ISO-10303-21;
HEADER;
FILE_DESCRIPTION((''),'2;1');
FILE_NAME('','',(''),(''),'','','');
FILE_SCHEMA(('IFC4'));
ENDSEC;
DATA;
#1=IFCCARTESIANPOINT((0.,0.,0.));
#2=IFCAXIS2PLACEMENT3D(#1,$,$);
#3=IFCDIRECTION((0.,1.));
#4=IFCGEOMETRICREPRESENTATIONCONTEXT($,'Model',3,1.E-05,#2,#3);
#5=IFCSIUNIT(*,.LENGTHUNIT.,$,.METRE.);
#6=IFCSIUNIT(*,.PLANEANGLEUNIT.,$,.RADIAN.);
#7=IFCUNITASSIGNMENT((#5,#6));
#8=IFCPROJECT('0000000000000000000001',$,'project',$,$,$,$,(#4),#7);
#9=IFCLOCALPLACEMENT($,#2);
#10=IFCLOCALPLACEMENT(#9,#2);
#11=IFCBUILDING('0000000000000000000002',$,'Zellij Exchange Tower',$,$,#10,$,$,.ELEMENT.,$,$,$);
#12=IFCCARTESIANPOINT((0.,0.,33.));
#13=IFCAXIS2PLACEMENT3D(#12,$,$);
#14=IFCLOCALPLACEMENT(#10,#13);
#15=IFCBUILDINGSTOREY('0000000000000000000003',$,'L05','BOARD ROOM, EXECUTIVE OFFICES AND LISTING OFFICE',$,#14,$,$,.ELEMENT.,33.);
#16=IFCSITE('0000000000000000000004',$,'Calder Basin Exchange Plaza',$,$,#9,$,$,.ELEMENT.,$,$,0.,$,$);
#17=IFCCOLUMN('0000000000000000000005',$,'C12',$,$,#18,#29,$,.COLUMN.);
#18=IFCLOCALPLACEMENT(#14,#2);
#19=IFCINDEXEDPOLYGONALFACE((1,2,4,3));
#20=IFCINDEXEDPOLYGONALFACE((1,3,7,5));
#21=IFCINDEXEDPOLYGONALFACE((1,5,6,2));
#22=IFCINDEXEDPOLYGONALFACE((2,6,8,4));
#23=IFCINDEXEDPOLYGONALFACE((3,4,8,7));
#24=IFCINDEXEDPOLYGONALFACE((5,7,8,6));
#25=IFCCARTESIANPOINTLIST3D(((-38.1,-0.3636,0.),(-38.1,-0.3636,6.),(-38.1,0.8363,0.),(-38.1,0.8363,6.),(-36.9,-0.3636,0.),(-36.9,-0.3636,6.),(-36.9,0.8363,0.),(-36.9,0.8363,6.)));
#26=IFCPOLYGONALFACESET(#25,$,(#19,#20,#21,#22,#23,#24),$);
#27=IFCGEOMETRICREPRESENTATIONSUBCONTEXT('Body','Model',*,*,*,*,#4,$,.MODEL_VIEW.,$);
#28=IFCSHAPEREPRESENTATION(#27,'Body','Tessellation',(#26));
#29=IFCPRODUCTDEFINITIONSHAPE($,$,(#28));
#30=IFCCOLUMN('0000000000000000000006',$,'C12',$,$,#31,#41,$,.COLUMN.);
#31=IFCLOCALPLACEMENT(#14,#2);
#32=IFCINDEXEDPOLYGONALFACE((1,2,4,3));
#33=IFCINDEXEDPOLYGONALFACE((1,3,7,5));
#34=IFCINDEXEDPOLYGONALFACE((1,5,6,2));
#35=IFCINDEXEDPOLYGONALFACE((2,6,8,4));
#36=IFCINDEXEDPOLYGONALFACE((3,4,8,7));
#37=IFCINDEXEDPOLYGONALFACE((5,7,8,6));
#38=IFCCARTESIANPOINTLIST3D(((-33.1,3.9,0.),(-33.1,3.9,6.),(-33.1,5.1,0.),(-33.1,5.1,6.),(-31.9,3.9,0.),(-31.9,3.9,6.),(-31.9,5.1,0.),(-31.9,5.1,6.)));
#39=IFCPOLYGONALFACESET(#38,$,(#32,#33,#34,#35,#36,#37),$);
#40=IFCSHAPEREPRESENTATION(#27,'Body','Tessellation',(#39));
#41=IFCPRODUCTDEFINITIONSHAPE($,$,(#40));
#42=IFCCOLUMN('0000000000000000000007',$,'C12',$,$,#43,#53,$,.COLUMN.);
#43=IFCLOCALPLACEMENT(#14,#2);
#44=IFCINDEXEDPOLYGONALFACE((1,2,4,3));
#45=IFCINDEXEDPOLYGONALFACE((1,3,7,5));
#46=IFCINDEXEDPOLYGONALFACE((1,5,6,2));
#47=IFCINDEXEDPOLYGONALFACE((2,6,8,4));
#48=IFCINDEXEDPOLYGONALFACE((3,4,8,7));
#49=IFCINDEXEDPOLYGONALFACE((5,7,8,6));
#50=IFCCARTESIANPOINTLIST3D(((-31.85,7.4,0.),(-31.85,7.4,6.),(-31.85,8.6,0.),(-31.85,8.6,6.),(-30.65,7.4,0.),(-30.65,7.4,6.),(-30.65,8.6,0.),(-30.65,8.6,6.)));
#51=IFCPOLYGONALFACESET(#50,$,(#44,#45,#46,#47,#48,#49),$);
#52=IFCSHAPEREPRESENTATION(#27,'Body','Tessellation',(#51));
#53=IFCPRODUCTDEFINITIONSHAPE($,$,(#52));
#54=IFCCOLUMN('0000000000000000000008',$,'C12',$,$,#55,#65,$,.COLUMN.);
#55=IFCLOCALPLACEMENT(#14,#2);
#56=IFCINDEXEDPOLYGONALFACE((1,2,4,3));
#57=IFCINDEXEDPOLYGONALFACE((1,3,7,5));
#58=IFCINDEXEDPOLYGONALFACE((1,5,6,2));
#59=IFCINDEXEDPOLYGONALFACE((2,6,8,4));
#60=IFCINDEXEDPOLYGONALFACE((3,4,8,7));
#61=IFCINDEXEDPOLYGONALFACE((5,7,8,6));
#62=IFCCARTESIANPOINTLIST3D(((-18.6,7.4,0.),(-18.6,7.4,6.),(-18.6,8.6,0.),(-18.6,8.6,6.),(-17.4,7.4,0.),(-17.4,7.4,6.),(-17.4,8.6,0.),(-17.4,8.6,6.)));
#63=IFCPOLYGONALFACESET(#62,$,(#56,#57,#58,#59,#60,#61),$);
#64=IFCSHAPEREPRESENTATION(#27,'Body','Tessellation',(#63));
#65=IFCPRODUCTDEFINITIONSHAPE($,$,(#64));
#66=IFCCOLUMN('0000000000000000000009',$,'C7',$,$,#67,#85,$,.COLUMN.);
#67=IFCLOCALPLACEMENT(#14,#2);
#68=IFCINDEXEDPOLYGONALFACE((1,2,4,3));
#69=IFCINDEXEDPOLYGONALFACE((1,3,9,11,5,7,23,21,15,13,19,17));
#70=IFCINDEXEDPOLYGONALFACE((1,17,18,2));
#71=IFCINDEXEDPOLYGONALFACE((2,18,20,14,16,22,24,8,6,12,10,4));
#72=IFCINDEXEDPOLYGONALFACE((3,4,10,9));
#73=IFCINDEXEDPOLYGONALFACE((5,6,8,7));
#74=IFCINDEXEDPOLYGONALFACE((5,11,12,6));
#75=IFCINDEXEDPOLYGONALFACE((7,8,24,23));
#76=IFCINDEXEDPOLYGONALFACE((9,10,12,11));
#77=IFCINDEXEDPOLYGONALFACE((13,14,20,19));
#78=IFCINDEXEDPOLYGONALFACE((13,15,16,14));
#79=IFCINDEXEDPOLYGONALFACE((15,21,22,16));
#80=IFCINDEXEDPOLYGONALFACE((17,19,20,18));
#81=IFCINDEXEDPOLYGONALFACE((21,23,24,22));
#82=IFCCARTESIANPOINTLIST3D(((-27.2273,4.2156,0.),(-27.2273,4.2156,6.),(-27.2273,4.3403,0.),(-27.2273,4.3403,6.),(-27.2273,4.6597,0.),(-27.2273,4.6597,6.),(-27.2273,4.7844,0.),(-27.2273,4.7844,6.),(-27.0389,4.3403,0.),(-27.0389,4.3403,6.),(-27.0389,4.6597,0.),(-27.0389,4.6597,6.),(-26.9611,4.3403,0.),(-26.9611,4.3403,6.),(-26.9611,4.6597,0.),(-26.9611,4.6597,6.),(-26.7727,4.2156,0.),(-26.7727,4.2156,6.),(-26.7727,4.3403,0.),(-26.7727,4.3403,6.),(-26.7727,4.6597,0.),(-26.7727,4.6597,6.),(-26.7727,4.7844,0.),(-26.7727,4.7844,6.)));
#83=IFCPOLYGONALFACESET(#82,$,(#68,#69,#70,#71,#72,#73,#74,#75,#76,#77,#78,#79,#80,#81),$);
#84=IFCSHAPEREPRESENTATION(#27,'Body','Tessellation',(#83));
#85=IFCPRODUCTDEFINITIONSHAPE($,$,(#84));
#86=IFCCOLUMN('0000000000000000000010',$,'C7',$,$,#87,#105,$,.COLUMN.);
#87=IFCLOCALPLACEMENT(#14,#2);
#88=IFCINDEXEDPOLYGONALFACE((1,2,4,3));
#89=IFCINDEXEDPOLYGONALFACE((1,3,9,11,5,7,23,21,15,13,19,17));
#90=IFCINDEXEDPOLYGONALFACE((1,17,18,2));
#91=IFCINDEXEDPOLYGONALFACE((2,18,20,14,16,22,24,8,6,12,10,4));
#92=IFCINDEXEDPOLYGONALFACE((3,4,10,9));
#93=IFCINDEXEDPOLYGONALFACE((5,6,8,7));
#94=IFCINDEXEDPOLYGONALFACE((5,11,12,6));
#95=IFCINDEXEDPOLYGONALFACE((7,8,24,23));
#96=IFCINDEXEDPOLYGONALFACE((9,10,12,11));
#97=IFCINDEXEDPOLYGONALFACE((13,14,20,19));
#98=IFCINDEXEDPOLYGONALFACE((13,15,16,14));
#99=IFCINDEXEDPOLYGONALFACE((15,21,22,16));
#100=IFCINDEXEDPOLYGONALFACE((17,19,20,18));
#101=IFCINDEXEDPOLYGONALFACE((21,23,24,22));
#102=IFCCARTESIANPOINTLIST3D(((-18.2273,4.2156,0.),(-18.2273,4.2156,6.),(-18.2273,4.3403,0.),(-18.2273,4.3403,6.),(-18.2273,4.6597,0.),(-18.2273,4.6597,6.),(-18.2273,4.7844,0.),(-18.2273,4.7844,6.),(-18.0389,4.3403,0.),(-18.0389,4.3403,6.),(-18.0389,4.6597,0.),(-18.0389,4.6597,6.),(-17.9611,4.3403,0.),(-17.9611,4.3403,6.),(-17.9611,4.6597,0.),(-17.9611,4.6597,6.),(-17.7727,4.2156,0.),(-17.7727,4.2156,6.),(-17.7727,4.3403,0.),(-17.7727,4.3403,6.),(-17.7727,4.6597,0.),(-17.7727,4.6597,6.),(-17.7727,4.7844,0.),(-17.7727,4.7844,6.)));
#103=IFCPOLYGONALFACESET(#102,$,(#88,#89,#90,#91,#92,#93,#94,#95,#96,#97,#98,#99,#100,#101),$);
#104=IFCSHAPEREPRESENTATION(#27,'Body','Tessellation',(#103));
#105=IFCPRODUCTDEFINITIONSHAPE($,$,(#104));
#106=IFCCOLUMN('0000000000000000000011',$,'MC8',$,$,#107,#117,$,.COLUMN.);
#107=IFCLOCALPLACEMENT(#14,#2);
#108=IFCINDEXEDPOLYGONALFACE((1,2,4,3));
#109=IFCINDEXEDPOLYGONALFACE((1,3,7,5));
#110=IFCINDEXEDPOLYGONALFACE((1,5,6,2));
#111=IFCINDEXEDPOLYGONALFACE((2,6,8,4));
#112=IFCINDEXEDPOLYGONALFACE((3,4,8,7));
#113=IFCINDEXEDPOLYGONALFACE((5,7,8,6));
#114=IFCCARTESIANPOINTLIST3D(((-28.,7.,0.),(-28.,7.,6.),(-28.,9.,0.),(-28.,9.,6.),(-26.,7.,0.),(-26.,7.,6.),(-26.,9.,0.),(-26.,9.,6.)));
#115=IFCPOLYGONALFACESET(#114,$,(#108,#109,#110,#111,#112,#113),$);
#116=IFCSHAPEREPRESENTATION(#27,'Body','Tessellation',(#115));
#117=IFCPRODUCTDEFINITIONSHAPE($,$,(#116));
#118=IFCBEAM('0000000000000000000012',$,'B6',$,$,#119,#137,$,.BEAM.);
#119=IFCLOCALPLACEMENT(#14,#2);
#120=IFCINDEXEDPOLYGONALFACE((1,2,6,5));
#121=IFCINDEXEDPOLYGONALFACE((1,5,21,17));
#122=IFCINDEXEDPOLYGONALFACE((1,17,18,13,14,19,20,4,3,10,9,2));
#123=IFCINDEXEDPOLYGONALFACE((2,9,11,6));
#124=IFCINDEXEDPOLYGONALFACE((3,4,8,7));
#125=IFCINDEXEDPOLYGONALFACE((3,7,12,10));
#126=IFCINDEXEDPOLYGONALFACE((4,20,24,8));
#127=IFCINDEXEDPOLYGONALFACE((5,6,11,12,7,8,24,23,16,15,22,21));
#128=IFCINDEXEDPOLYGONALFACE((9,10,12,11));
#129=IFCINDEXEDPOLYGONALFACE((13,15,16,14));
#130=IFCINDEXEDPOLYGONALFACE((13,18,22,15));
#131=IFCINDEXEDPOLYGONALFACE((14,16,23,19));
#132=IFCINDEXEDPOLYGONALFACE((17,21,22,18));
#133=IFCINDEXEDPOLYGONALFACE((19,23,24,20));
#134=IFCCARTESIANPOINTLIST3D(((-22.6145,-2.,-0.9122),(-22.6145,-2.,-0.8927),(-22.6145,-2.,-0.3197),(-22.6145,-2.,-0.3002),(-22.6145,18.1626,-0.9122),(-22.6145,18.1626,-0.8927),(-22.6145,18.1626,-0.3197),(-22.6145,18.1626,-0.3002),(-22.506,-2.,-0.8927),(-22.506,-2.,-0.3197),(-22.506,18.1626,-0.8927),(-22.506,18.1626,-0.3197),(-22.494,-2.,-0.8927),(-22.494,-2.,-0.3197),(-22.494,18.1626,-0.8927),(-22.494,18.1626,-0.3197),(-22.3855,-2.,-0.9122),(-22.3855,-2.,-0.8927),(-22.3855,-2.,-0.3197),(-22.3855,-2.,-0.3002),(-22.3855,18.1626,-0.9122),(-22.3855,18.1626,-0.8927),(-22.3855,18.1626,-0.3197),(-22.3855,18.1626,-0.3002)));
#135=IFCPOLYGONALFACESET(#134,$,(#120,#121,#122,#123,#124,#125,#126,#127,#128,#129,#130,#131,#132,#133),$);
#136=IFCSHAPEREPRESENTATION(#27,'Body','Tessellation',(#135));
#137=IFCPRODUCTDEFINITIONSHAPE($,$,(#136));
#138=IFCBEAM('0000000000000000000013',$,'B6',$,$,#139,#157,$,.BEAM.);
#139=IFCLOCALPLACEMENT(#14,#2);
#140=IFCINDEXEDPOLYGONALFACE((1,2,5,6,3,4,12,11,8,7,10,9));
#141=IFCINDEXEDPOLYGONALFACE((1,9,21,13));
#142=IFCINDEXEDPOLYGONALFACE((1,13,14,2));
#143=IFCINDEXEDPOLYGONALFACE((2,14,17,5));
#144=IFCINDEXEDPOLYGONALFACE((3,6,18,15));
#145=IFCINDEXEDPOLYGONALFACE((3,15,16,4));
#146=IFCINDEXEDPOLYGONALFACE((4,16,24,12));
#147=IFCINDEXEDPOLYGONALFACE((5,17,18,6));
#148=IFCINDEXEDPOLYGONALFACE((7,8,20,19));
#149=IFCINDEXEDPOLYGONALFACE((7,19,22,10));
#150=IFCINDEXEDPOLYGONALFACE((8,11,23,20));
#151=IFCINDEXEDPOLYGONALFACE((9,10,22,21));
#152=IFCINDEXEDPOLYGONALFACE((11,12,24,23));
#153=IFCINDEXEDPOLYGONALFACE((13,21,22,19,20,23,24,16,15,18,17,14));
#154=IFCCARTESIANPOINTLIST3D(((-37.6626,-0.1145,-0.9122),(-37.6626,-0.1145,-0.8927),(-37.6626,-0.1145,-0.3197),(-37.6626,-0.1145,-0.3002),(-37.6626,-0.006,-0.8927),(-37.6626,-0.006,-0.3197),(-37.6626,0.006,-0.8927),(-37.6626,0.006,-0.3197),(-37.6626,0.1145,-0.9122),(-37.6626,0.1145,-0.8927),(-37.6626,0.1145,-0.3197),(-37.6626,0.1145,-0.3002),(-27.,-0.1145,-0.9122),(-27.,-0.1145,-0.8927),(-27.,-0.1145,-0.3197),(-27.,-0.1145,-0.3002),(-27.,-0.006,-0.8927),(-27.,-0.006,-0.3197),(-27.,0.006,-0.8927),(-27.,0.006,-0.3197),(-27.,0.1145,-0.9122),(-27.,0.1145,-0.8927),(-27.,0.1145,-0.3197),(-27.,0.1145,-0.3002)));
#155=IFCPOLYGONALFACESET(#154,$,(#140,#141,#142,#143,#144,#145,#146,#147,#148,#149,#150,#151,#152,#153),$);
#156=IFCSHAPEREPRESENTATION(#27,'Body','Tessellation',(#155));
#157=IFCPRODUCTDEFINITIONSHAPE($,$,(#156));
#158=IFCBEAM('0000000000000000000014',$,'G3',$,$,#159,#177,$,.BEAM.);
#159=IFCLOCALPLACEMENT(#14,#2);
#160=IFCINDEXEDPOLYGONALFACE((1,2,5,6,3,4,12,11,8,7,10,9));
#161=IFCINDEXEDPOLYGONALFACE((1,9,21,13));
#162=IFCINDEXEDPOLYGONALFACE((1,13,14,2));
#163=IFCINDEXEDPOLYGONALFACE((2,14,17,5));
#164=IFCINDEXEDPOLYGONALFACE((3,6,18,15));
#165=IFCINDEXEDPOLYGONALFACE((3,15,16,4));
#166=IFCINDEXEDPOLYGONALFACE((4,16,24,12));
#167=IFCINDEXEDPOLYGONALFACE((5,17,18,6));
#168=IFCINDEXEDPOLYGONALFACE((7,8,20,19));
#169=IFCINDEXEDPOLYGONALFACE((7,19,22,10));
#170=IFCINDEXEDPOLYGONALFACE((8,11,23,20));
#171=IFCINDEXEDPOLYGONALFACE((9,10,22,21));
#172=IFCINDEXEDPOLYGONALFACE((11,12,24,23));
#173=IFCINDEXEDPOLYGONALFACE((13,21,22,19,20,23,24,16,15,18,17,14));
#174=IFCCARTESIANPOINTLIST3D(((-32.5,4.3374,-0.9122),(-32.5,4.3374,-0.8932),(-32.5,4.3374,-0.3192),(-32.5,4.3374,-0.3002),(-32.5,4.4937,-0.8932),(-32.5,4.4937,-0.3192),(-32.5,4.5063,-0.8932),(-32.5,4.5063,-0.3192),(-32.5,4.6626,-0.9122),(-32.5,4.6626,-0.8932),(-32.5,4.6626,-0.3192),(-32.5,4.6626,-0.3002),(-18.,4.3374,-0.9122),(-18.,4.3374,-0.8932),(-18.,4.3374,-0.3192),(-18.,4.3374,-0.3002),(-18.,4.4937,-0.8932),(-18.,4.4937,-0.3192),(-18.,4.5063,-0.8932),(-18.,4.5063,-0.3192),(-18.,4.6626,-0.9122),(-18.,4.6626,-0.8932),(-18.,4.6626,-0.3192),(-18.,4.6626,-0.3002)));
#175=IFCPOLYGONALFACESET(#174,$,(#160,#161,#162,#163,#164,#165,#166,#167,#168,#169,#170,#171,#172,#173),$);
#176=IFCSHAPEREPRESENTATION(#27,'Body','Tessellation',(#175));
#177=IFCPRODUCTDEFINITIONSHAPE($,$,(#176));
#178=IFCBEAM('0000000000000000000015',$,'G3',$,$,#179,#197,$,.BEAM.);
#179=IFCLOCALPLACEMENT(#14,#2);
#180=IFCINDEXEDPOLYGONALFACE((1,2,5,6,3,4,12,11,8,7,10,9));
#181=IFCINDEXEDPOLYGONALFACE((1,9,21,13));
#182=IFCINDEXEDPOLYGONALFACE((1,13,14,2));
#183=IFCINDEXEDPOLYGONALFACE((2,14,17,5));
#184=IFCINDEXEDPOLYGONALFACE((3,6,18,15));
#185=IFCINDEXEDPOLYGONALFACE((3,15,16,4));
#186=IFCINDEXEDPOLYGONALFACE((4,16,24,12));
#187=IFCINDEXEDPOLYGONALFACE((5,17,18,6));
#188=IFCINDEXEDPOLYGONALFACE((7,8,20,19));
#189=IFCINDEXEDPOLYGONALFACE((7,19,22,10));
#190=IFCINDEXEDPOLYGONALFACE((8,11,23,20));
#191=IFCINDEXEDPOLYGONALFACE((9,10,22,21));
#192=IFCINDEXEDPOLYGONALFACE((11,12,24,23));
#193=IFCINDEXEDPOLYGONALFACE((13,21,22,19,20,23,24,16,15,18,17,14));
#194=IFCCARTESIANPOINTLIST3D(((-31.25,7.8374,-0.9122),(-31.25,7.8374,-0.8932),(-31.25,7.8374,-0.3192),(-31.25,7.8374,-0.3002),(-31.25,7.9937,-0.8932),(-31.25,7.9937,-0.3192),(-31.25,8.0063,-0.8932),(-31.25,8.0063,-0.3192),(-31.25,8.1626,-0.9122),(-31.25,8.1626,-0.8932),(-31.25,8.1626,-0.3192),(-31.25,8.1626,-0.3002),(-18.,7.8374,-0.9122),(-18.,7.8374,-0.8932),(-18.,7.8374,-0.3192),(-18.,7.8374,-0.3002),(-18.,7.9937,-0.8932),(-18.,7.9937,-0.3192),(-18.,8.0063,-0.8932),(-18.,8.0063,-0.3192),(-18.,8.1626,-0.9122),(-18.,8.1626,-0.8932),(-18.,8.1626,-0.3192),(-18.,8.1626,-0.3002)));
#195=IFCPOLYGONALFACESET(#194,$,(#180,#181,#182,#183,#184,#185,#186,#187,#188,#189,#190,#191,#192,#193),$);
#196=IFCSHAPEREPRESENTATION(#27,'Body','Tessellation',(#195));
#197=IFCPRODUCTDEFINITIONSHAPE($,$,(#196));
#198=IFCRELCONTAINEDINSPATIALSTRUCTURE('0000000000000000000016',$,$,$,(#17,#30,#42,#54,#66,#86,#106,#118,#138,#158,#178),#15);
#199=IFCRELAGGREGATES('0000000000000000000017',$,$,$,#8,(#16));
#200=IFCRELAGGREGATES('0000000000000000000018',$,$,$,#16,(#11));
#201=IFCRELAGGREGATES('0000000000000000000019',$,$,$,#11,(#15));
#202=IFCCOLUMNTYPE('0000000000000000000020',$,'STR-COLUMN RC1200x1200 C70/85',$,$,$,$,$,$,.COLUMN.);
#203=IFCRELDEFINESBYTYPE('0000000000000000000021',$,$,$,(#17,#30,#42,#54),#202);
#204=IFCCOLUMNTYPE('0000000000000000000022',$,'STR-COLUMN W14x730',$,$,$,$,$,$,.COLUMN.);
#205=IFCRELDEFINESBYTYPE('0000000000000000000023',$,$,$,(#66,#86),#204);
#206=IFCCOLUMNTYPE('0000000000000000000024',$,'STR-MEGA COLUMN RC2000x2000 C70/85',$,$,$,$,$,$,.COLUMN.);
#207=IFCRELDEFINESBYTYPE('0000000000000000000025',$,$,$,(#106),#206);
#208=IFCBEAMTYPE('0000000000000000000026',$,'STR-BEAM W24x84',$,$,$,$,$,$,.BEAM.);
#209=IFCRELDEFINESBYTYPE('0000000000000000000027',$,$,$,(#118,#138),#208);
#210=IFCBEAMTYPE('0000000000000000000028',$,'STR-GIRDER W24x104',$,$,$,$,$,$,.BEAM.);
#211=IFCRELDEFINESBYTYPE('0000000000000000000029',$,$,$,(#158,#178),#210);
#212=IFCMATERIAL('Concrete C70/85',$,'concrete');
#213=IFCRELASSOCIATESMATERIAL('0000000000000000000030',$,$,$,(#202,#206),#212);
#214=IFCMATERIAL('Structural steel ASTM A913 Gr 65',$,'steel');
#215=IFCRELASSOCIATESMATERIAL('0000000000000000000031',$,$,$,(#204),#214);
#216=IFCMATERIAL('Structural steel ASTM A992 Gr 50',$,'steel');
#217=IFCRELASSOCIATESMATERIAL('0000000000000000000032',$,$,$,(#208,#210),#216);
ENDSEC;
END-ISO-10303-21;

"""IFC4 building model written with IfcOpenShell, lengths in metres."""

from ifc_helpers import new_model, si_unit, direction, frame, origin, origin_2d, place, context, subcontext, project, spatial, rectangle, i_section, extrude, material, material_profile, profile_set, type_object, element, save


model = new_model("IFC4")

# Units and contexts
model_context = context("Model", 3, precision=1e-05, world=origin(), true_north=direction((0.0, 1.0)))
body_context = subcontext(model_context, "Body", "Model", "MODEL_VIEW")
ifc_project = project(units=[si_unit("LENGTHUNIT", "METRE"), si_unit("PLANEANGLEUNIT", "RADIAN")], contexts=[model_context])

# Site, building, storey
site_placement = place(None, origin())
site = spatial("IfcSite", under=ifc_project, at=site_placement, Name="Calder Basin Exchange Plaza", CompositionType="ELEMENT", RefElevation=0.0)
building_placement = place(site_placement, origin())
building = spatial("IfcBuilding", under=site, at=building_placement, Name="Zellij Exchange Tower", CompositionType="ELEMENT")
storey_placement = place(building_placement, frame((0.0, 0.0, 33.0)))
storey = spatial("IfcBuildingStorey", under=building, at=storey_placement, Name="L05", Description="BOARD ROOM, EXECUTIVE OFFICES AND LISTING OFFICE", CompositionType="ELEMENT", Elevation=33.0)

# Columns
ifc_material_1 = material(Name="Concrete C70/85", Category="concrete")
ifc_material_profile_1 = material_profile(ifc_material_1, rectangle(XDim=1.2, YDim=1.2, at=origin_2d()), Name="STR-COLUMN RC1200x1200 C70/85")
ifc_profile_set_1 = profile_set([ifc_material_profile_1], Name="Concrete C70/85")
column_type_1 = type_object("IfcColumnType", Name="STR-COLUMN RC1200x1200 C70/85", PredefinedType="COLUMN", material=ifc_profile_set_1)
for number, where, z_axis, x_axis, name in (
    (1, (-37.5, 0.2363, 0.0), (0.0, 0.0, 1.0), (1.0, 0.0, 0.0), "C12"),
    (2, (-32.5, 4.5, 0.0), (0.0, 0.0, 1.0), (1.0, 0.0, 0.0), "C12"),
    (3, (-31.25, 8.0, 0.0), (0.0, 0.0, 1.0), (1.0, 0.0, 0.0), "C12"),
    (4, (-18.0, 8.0, 0.0), (0.0, 0.0, 1.0), (1.0, 0.0, 0.0), "C12"),
):
    element("IfcColumn", number, at=place(storey_placement, frame(where, z_axis=z_axis, x_axis=x_axis)), inside=storey, type_object=column_type_1, Name=name, PredefinedType="COLUMN", context=body_context, shape_type="SweptSolid", body=[
        extrude(rectangle(XDim=1.2, YDim=1.2, at=origin_2d()), origin(), (0.0, 0.0, 1.0), 6.0),
    ])
ifc_material_2 = material(Name="Structural steel ASTM A913 Gr 65", Category="steel")
ifc_material_profile_2 = material_profile(ifc_material_2, i_section(OverallWidth=0.4546, OverallDepth=0.5688, WebThickness=0.0779, FlangeThickness=0.1248, at=origin_2d()), Name="W14x730")
ifc_profile_set_2 = profile_set([ifc_material_profile_2], Name="Structural steel ASTM A913 Gr 65")
column_type_2 = type_object("IfcColumnType", Name="STR-COLUMN W14x730", PredefinedType="COLUMN", material=ifc_profile_set_2)
for number, where, z_axis, x_axis, name in (
    (5, (-27.0, 4.5, 0.0), (0.0, 0.0, 1.0), (1.0, 0.0, 0.0), "C7"),
    (6, (-18.0, 4.5, 0.0), (0.0, 0.0, 1.0), (1.0, 0.0, 0.0), "C7"),
):
    element("IfcColumn", number, at=place(storey_placement, frame(where, z_axis=z_axis, x_axis=x_axis)), inside=storey, type_object=column_type_2, Name=name, PredefinedType="COLUMN", context=body_context, shape_type="SweptSolid", body=[
        extrude(i_section(OverallWidth=0.4546, OverallDepth=0.5688, WebThickness=0.0779, FlangeThickness=0.1248, at=origin_2d()), origin(), (0.0, 0.0, 1.0), 6.0),
    ])
ifc_material_profile_3 = material_profile(ifc_material_1, rectangle(XDim=2.0, YDim=2.0, at=origin_2d()), Name="STR-MEGA COLUMN RC2000x2000 C70/85")
ifc_profile_set_3 = profile_set([ifc_material_profile_3], Name="Concrete C70/85")
column_type_3 = type_object("IfcColumnType", Name="STR-MEGA COLUMN RC2000x2000 C70/85", PredefinedType="COLUMN", material=ifc_profile_set_3)
column_placement = place(storey_placement, frame((-27.0, 8.0, 0.0), z_axis=(0.0, 0.0, 1.0), x_axis=(1.0, 0.0, 0.0)))
element("IfcColumn", 7, at=column_placement, inside=storey, type_object=column_type_3, Name="MC8", PredefinedType="COLUMN", context=body_context, shape_type="SweptSolid", body=[
    extrude(rectangle(XDim=2.0, YDim=2.0, at=origin_2d()), origin(), (0.0, 0.0, 1.0), 6.0),
])

# Beams
ifc_material_3 = material(Name="Structural steel ASTM A992 Gr 50", Category="steel")
ifc_material_profile_4 = material_profile(ifc_material_3, i_section(OverallWidth=0.229, OverallDepth=0.6121, WebThickness=0.012, FlangeThickness=0.0195, at=origin_2d()), Name="W24x84")
ifc_profile_set_4 = profile_set([ifc_material_profile_4], Name="Structural steel ASTM A992 Gr 50")
beam_type_1 = type_object("IfcBeamType", Name="STR-BEAM W24x84", PredefinedType="BEAM", material=ifc_profile_set_4)
beam_1_placement = place(storey_placement, frame((-22.5, -2.0, -0.6062), z_axis=(0.0, 1.0, 0.0), x_axis=(-1.0, 0.0, 0.0)))
element("IfcBeam", 8, at=beam_1_placement, inside=storey, type_object=beam_type_1, Name="B6", PredefinedType="BEAM", context=body_context, shape_type="SweptSolid", body=[
    extrude(i_section(OverallWidth=0.229, OverallDepth=0.6121, WebThickness=0.012, FlangeThickness=0.0195, at=origin_2d()), origin(), (0.0, 0.0, 1.0), 20.1626),
])
beam_2_placement = place(storey_placement, frame((-37.6626, 0.0, -0.6062), z_axis=(1.0, 0.0, 0.0), x_axis=(0.0, 1.0, 0.0)))
element("IfcBeam", 9, at=beam_2_placement, inside=storey, type_object=beam_type_1, Name="B6", PredefinedType="BEAM", context=body_context, shape_type="SweptSolid", body=[
    extrude(i_section(OverallWidth=0.229, OverallDepth=0.6121, WebThickness=0.012, FlangeThickness=0.0195, at=origin_2d()), origin(), (0.0, 0.0, 1.0), 10.6626),
])
ifc_material_profile_5 = material_profile(ifc_material_3, i_section(OverallWidth=0.3252, OverallDepth=0.6121, WebThickness=0.0127, FlangeThickness=0.019, at=origin_2d()), Name="W24x104")
ifc_profile_set_5 = profile_set([ifc_material_profile_5], Name="Structural steel ASTM A992 Gr 50")
beam_type_2 = type_object("IfcBeamType", Name="STR-GIRDER W24x104", PredefinedType="BEAM", material=ifc_profile_set_5)
beam_3_placement = place(storey_placement, frame((-32.5, 4.5, -0.6062), z_axis=(1.0, 0.0, 0.0), x_axis=(0.0, 1.0, 0.0)))
element("IfcBeam", 10, at=beam_3_placement, inside=storey, type_object=beam_type_2, Name="G3", PredefinedType="BEAM", context=body_context, shape_type="SweptSolid", body=[
    extrude(i_section(OverallWidth=0.3252, OverallDepth=0.6121, WebThickness=0.0127, FlangeThickness=0.019, at=origin_2d()), origin(), (0.0, 0.0, 1.0), 14.5),
])
beam_4_placement = place(storey_placement, frame((-31.25, 8.0, -0.6062), z_axis=(1.0, 0.0, 0.0), x_axis=(0.0, 1.0, 0.0)))
element("IfcBeam", 11, at=beam_4_placement, inside=storey, type_object=beam_type_2, Name="G3", PredefinedType="BEAM", context=body_context, shape_type="SweptSolid", body=[
    extrude(i_section(OverallWidth=0.3252, OverallDepth=0.6121, WebThickness=0.0127, FlangeThickness=0.019, at=origin_2d()), origin(), (0.0, 0.0, 1.0), 13.25),
])

save(model, "model.ifc")
